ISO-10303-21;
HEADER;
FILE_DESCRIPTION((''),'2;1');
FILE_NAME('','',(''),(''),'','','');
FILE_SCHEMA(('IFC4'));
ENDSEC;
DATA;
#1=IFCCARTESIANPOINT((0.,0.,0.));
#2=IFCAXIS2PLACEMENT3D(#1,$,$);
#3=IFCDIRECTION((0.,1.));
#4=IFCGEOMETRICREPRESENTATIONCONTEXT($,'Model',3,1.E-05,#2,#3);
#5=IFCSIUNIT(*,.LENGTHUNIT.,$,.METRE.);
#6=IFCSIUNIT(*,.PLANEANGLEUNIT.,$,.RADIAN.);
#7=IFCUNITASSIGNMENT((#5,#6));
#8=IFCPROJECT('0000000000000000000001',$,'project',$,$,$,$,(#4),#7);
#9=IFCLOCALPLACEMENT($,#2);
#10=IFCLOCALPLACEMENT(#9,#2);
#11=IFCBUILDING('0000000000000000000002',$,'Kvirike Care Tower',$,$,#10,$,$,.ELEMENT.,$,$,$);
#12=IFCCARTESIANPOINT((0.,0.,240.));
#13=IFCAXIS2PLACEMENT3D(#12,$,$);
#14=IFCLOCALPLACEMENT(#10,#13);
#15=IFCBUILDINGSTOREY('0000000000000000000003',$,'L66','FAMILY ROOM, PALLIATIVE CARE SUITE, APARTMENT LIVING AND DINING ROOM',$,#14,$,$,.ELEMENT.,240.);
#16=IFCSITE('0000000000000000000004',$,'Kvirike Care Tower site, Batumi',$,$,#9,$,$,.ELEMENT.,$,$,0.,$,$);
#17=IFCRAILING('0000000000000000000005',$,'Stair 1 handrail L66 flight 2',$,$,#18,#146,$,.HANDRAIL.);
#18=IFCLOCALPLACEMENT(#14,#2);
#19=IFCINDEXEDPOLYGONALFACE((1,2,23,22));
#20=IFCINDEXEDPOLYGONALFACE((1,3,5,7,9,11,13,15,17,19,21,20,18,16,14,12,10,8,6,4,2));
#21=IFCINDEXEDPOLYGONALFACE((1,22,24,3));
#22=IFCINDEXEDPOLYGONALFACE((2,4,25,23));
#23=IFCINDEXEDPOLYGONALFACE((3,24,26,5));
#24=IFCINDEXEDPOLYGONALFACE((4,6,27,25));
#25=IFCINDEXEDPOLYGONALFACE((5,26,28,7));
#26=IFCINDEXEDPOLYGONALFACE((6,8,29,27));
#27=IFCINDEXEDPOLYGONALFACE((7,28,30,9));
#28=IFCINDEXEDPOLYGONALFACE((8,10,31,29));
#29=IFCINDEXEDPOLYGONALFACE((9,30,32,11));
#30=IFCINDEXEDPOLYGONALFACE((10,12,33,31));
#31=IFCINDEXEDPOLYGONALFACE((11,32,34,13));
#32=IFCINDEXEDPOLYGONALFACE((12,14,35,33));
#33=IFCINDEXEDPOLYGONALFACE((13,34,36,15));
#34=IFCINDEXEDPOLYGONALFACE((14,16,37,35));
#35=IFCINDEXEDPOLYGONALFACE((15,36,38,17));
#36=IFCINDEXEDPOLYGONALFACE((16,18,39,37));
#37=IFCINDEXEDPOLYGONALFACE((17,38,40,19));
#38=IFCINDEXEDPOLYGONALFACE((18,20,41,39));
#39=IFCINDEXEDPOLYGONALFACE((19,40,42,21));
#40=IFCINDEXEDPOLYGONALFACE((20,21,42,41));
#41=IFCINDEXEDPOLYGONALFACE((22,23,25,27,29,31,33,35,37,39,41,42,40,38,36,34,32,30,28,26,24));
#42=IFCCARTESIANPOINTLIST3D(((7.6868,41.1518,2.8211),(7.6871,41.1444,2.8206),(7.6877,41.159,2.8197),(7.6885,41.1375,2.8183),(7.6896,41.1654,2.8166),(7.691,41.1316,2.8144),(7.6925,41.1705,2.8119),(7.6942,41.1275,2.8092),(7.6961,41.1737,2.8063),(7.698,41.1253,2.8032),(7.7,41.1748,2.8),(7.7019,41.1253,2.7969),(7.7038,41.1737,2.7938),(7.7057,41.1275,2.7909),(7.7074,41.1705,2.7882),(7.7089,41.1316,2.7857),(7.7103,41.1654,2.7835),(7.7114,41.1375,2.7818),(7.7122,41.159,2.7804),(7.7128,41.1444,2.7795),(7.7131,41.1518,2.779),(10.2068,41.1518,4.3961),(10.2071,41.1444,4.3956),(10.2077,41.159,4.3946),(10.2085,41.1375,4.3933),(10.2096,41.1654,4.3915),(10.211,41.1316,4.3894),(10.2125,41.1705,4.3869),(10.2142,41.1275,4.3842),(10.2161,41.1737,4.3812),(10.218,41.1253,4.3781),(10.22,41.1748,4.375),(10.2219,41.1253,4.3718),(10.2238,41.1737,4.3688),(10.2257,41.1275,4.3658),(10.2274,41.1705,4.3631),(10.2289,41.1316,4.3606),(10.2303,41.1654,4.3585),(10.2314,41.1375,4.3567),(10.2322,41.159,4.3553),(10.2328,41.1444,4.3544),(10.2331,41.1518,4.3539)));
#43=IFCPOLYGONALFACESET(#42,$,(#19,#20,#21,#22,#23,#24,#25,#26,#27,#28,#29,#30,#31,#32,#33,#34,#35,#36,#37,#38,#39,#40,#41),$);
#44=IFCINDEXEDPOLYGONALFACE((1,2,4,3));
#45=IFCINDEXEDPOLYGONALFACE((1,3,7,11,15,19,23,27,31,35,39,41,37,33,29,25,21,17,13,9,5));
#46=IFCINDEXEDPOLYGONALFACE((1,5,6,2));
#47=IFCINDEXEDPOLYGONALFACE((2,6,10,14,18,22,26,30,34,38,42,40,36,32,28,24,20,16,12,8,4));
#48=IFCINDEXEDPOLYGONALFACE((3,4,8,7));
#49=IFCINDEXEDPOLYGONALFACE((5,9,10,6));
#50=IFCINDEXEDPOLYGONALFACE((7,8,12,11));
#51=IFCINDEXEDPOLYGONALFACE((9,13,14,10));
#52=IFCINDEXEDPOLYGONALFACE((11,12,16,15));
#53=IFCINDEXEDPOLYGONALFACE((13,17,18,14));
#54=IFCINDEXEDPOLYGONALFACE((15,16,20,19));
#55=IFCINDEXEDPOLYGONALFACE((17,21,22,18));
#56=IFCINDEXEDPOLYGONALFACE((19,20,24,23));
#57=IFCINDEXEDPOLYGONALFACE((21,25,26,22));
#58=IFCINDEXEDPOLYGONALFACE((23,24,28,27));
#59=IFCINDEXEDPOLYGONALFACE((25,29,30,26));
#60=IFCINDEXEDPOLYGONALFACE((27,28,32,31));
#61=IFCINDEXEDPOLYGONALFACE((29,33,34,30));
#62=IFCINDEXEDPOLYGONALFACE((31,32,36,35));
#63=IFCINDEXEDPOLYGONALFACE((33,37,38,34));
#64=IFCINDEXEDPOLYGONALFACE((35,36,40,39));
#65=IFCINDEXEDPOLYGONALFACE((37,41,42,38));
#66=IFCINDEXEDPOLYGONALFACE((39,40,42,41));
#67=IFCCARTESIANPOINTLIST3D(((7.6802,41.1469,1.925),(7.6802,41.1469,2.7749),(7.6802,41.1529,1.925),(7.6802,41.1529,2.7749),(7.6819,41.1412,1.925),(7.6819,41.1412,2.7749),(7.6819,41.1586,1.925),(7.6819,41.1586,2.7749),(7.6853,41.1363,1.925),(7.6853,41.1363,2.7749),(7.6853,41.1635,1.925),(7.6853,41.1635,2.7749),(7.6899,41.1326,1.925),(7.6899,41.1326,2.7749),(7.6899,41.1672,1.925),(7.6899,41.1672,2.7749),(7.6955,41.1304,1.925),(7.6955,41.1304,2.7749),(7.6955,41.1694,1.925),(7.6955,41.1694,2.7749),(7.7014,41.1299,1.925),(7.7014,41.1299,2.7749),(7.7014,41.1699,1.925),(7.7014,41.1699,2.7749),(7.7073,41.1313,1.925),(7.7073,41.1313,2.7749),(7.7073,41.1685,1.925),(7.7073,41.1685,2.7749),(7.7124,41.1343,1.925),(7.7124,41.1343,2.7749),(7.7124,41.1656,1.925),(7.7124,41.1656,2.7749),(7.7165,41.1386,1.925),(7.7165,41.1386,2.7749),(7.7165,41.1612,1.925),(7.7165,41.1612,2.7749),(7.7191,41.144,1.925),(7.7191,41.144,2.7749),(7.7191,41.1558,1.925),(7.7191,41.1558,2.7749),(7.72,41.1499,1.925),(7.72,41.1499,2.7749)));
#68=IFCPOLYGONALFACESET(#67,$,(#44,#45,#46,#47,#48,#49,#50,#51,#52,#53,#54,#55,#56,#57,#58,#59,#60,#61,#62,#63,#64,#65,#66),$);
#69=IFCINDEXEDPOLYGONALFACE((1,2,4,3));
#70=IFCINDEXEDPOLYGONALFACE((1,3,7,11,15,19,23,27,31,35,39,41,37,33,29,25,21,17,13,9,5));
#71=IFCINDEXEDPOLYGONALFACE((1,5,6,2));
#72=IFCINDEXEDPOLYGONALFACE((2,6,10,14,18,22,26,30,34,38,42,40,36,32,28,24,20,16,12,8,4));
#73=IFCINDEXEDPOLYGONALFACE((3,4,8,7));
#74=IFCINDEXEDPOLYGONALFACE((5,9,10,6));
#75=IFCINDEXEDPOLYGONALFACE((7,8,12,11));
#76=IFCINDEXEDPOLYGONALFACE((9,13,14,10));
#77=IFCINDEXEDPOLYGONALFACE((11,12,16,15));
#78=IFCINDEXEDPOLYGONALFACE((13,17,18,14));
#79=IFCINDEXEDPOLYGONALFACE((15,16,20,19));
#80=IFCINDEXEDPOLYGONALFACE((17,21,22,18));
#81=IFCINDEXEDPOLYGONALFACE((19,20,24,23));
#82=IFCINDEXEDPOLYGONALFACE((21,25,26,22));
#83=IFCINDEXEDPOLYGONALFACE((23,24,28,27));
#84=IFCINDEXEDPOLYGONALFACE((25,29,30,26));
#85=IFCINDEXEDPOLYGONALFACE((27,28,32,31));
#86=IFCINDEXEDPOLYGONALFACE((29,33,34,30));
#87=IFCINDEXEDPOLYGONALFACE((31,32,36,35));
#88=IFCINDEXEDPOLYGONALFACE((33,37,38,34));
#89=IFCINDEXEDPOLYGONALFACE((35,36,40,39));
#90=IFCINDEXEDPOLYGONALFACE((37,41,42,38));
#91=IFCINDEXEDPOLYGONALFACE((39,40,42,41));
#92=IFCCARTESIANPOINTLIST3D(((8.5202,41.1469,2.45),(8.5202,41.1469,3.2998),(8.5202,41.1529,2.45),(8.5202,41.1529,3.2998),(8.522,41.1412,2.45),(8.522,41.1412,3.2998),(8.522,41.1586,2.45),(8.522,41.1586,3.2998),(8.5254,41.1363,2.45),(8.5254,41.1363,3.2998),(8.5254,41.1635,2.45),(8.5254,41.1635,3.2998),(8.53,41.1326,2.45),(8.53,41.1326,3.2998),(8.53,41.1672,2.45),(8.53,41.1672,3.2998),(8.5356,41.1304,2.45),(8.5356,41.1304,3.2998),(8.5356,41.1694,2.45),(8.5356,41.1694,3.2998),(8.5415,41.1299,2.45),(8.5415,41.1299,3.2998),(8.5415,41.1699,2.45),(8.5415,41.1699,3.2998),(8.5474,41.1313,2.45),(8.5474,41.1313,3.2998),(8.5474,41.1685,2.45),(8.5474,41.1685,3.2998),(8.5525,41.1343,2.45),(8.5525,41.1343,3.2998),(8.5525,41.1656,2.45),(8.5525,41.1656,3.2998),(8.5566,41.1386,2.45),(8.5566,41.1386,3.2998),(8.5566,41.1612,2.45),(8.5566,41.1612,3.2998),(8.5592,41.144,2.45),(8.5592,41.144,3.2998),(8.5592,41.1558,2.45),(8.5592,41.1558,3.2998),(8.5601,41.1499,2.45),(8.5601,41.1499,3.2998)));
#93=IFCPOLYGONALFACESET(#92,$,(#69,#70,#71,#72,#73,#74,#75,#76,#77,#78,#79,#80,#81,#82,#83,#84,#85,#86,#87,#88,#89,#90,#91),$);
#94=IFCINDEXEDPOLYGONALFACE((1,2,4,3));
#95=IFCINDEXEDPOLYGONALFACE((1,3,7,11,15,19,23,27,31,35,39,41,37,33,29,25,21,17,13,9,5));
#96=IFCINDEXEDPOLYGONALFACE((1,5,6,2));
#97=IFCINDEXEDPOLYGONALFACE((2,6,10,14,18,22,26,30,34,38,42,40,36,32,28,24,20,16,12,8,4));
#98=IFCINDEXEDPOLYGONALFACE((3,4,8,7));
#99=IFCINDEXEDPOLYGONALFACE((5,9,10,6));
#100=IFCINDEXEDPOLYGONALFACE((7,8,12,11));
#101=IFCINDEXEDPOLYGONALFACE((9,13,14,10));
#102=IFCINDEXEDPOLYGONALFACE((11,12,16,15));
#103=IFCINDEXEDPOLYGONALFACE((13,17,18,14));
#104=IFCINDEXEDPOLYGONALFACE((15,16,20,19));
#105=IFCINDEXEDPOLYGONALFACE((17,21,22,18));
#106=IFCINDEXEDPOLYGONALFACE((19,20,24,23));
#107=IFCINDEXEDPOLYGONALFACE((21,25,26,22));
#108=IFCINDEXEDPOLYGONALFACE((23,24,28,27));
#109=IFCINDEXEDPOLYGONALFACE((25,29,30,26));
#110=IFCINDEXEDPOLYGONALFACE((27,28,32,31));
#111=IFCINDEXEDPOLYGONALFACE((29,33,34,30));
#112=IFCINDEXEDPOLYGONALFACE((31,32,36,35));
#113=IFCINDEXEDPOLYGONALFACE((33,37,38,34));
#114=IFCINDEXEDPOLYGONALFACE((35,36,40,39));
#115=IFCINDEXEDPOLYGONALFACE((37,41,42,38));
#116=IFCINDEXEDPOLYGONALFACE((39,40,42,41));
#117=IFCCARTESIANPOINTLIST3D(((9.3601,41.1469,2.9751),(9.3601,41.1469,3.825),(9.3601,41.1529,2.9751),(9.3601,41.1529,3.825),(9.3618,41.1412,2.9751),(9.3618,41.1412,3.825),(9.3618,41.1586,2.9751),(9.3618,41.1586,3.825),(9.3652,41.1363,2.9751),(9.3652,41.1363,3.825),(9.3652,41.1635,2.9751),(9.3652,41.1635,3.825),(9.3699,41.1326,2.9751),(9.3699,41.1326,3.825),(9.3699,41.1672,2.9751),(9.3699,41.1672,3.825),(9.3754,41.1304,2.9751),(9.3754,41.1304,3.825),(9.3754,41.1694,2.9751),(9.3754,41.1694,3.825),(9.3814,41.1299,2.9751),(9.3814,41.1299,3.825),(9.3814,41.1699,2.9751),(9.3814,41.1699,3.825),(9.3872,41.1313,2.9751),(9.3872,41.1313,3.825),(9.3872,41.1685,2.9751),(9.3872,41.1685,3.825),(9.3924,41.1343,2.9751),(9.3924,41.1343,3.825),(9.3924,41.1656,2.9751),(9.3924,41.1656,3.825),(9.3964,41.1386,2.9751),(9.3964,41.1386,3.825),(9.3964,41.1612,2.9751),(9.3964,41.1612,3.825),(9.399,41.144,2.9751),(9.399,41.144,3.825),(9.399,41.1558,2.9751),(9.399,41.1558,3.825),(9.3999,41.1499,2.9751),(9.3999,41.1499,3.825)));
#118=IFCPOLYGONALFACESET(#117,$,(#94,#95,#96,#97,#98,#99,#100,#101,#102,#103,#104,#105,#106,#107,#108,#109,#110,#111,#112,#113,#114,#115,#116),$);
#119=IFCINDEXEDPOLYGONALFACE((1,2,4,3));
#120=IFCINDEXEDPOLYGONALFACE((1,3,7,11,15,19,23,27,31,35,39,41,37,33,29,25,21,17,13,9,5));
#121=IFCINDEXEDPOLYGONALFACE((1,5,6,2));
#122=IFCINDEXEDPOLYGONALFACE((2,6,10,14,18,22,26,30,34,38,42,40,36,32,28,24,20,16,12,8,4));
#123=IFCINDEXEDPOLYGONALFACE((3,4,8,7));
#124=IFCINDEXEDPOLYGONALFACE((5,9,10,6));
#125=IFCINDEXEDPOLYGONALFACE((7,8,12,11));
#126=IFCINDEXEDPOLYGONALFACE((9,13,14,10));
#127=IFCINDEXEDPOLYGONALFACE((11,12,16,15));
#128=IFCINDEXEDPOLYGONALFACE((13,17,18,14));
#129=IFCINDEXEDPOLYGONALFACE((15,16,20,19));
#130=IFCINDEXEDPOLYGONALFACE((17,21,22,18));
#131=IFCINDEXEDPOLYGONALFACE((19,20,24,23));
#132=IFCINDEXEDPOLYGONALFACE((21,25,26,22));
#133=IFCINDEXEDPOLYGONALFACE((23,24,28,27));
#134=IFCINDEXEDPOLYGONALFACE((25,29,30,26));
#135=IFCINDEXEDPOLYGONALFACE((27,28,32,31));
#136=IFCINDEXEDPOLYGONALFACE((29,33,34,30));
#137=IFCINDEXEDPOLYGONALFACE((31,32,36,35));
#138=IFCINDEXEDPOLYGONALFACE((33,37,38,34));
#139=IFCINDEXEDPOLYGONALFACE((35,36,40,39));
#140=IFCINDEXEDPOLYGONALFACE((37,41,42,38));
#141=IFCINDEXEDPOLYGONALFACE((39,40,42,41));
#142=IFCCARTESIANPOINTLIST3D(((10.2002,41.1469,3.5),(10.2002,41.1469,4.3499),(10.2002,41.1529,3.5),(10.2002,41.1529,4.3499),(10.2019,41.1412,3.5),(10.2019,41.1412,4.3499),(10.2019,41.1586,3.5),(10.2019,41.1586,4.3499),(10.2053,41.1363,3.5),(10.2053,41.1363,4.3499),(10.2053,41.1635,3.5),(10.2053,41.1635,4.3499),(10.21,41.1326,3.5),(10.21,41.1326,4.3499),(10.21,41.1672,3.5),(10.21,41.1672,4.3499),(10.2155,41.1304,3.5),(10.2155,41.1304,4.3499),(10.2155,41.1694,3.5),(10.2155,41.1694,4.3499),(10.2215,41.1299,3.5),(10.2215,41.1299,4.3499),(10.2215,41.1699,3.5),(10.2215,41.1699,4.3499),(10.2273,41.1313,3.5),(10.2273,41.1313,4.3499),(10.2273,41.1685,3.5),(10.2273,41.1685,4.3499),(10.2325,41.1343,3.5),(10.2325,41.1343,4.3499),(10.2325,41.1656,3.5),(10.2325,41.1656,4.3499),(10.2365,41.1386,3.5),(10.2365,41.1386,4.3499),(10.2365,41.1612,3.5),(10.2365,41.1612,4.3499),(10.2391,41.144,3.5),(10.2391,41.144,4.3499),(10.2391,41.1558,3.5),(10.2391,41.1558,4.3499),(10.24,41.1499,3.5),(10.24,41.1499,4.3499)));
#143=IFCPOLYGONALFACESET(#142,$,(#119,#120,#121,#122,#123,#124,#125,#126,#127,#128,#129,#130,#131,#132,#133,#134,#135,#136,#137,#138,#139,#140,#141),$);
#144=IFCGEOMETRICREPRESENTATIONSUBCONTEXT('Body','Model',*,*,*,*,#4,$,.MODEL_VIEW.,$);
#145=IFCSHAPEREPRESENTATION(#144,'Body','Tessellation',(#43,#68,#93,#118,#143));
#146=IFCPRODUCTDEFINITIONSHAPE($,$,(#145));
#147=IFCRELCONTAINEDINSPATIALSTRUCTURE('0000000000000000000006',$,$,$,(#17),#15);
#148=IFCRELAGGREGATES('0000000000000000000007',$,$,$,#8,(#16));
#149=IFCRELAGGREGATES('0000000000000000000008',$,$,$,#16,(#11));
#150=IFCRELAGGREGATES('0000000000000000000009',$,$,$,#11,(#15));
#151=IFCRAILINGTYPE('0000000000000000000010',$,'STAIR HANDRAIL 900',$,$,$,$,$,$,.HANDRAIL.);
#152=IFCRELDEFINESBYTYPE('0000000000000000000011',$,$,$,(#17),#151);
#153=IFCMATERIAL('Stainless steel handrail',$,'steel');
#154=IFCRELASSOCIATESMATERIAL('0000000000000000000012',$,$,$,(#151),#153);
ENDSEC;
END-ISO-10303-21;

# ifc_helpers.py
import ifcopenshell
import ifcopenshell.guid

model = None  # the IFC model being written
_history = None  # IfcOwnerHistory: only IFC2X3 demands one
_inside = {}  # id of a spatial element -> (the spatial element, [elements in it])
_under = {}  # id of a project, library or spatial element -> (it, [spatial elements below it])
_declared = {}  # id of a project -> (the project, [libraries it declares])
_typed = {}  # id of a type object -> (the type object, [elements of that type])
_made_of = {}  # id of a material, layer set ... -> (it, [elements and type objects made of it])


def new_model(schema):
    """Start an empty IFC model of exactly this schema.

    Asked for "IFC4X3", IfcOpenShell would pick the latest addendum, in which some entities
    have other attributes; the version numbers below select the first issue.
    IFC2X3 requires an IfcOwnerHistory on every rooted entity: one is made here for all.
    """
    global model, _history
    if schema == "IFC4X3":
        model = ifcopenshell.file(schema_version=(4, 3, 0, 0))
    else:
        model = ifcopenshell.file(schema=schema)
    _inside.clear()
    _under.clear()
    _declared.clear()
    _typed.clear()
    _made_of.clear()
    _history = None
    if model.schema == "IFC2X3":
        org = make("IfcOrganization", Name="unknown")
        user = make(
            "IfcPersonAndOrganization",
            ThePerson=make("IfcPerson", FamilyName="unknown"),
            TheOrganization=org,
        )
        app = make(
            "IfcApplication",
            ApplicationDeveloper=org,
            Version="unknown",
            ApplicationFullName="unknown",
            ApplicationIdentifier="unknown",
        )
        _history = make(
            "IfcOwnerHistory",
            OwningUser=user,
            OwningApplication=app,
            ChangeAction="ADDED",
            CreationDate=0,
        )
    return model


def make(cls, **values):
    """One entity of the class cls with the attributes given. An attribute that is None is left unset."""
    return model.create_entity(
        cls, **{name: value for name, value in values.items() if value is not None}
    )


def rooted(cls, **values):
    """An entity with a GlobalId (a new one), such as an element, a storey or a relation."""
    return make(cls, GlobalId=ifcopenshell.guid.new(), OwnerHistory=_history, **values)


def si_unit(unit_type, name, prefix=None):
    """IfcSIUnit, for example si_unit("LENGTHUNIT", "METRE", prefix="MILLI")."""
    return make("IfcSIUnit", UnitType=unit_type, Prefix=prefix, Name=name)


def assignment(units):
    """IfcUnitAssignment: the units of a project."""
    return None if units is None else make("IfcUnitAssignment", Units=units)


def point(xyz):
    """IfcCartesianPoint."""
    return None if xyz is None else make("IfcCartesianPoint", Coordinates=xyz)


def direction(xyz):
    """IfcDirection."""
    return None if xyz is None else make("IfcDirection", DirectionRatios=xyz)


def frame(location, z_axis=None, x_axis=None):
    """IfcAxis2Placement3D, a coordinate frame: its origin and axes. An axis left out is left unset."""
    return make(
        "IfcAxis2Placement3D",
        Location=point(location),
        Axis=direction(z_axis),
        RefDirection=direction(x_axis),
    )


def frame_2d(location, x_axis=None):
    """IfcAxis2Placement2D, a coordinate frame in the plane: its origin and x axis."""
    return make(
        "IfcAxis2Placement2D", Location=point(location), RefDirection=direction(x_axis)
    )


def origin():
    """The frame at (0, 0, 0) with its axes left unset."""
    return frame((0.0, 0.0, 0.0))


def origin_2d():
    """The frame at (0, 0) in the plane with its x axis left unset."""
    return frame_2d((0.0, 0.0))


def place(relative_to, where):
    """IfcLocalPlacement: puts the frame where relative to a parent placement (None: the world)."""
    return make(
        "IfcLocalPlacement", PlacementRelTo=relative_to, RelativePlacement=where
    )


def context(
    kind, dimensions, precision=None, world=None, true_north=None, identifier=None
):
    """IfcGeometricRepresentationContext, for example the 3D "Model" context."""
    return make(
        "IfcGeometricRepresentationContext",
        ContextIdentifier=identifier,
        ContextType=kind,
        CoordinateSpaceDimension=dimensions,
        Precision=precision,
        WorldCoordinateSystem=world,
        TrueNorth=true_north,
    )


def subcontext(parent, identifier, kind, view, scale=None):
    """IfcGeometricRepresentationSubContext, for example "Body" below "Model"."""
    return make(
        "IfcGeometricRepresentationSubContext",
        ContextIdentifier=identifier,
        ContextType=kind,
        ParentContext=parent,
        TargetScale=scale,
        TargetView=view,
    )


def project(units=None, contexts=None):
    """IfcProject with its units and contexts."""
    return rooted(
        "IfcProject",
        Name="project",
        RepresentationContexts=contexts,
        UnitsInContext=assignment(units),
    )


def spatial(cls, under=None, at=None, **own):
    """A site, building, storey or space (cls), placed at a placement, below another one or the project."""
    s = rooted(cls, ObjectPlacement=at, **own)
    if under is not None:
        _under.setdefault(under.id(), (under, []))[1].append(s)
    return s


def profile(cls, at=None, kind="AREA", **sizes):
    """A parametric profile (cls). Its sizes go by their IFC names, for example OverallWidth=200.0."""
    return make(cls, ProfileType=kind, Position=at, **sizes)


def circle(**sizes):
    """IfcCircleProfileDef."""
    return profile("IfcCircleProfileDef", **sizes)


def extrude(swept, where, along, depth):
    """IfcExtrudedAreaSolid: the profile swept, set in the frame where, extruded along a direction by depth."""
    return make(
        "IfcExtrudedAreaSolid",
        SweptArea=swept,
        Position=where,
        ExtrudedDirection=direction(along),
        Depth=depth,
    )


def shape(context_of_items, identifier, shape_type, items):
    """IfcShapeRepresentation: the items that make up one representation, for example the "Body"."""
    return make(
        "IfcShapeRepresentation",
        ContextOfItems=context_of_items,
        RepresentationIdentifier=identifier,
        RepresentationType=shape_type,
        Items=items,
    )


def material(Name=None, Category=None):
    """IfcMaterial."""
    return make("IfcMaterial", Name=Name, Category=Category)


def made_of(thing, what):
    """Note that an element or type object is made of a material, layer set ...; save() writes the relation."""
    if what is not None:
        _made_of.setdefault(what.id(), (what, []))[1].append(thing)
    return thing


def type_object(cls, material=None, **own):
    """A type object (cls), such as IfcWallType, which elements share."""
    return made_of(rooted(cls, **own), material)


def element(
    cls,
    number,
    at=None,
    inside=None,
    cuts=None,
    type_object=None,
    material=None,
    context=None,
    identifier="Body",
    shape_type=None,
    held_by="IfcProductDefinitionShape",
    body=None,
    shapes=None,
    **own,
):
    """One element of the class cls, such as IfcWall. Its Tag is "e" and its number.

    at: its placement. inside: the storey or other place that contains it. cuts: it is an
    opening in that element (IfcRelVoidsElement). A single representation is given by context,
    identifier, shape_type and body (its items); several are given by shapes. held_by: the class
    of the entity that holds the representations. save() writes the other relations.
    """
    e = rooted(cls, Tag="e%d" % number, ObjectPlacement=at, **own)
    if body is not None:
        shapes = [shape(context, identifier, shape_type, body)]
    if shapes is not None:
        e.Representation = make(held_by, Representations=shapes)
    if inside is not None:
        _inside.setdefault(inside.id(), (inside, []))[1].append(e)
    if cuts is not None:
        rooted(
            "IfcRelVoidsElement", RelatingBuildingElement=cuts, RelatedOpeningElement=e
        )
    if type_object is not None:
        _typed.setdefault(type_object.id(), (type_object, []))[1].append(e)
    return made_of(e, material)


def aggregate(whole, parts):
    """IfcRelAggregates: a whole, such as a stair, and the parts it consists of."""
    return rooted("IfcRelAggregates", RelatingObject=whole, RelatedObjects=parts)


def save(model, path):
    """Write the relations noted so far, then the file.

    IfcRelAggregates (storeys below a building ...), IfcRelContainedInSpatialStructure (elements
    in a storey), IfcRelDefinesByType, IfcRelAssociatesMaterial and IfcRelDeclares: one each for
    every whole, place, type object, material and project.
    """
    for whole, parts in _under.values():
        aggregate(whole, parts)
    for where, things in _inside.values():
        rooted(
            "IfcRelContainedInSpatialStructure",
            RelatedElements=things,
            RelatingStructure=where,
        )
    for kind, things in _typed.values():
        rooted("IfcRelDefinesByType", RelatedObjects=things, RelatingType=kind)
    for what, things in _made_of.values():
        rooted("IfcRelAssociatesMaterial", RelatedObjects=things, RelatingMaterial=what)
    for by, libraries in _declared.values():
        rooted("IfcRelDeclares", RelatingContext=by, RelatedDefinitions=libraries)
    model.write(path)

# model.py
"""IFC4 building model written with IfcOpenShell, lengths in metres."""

from ifc_helpers import new_model, si_unit, direction, frame, origin, origin_2d, place, context, subcontext, project, spatial, circle, extrude, material, type_object, element, save


model = new_model("IFC4")

# Units and contexts
model_context = context("Model", 3, precision=1e-05, world=origin(), true_north=direction((0.0, 1.0)))
body_context = subcontext(model_context, "Body", "Model", "MODEL_VIEW")
ifc_project = project(units=[si_unit("LENGTHUNIT", "METRE"), si_unit("PLANEANGLEUNIT", "RADIAN")], contexts=[model_context])

# Site, building, storey
site_placement = place(None, origin())
site = spatial("IfcSite", under=ifc_project, at=site_placement, Name="Kvirike Care Tower site, Batumi", CompositionType="ELEMENT", RefElevation=0.0)
building_placement = place(site_placement, origin())
building = spatial("IfcBuilding", under=site, at=building_placement, Name="Kvirike Care Tower", CompositionType="ELEMENT")
storey_placement = place(building_placement, frame((0.0, 0.0, 240.0)))
storey = spatial("IfcBuildingStorey", under=building, at=storey_placement, Name="L66", Description="FAMILY ROOM, PALLIATIVE CARE SUITE, APARTMENT LIVING AND DINING ROOM", CompositionType="ELEMENT", Elevation=240.0)

# Railing
ifc_material_1 = material(Name="Stainless steel handrail", Category="steel")
railing_type = type_object("IfcRailingType", Name="STAIR HANDRAIL 900", PredefinedType="HANDRAIL", material=ifc_material_1)
railing_placement = place(storey_placement, frame((7.7, 41.1499, 1.925)))
element("IfcRailing", 1, at=railing_placement, inside=storey, type_object=railing_type, Name="Stair 1 handrail L66 flight 2", PredefinedType="HANDRAIL", context=body_context, shape_type="SweptSolid", body=[
    extrude(circle(Radius=0.0249, at=origin_2d()), frame((0.0, 0.0, 0.875), z_axis=(0.848008, 0.0, 0.529984), x_axis=(0.0, 1.0, 0.0)), (0.0, 0.0, 1.0), 2.9717),
    extrude(circle(Radius=0.02, at=origin_2d()), origin(), (0.0, 0.0, 1.0), 0.8499),
    extrude(circle(Radius=0.02, at=origin_2d()), frame((0.8401, 0.0, 0.5249)), (0.0, 0.0, 1.0), 0.8499),
    extrude(circle(Radius=0.02, at=origin_2d()), frame((1.6799, 0.0, 1.05)), (0.0, 0.0, 1.0), 0.8499),
    extrude(circle(Radius=0.02, at=origin_2d()), frame((2.52, 0.0, 1.575)), (0.0, 0.0, 1.0), 0.8499),
])

save(model, "model.ifc")
